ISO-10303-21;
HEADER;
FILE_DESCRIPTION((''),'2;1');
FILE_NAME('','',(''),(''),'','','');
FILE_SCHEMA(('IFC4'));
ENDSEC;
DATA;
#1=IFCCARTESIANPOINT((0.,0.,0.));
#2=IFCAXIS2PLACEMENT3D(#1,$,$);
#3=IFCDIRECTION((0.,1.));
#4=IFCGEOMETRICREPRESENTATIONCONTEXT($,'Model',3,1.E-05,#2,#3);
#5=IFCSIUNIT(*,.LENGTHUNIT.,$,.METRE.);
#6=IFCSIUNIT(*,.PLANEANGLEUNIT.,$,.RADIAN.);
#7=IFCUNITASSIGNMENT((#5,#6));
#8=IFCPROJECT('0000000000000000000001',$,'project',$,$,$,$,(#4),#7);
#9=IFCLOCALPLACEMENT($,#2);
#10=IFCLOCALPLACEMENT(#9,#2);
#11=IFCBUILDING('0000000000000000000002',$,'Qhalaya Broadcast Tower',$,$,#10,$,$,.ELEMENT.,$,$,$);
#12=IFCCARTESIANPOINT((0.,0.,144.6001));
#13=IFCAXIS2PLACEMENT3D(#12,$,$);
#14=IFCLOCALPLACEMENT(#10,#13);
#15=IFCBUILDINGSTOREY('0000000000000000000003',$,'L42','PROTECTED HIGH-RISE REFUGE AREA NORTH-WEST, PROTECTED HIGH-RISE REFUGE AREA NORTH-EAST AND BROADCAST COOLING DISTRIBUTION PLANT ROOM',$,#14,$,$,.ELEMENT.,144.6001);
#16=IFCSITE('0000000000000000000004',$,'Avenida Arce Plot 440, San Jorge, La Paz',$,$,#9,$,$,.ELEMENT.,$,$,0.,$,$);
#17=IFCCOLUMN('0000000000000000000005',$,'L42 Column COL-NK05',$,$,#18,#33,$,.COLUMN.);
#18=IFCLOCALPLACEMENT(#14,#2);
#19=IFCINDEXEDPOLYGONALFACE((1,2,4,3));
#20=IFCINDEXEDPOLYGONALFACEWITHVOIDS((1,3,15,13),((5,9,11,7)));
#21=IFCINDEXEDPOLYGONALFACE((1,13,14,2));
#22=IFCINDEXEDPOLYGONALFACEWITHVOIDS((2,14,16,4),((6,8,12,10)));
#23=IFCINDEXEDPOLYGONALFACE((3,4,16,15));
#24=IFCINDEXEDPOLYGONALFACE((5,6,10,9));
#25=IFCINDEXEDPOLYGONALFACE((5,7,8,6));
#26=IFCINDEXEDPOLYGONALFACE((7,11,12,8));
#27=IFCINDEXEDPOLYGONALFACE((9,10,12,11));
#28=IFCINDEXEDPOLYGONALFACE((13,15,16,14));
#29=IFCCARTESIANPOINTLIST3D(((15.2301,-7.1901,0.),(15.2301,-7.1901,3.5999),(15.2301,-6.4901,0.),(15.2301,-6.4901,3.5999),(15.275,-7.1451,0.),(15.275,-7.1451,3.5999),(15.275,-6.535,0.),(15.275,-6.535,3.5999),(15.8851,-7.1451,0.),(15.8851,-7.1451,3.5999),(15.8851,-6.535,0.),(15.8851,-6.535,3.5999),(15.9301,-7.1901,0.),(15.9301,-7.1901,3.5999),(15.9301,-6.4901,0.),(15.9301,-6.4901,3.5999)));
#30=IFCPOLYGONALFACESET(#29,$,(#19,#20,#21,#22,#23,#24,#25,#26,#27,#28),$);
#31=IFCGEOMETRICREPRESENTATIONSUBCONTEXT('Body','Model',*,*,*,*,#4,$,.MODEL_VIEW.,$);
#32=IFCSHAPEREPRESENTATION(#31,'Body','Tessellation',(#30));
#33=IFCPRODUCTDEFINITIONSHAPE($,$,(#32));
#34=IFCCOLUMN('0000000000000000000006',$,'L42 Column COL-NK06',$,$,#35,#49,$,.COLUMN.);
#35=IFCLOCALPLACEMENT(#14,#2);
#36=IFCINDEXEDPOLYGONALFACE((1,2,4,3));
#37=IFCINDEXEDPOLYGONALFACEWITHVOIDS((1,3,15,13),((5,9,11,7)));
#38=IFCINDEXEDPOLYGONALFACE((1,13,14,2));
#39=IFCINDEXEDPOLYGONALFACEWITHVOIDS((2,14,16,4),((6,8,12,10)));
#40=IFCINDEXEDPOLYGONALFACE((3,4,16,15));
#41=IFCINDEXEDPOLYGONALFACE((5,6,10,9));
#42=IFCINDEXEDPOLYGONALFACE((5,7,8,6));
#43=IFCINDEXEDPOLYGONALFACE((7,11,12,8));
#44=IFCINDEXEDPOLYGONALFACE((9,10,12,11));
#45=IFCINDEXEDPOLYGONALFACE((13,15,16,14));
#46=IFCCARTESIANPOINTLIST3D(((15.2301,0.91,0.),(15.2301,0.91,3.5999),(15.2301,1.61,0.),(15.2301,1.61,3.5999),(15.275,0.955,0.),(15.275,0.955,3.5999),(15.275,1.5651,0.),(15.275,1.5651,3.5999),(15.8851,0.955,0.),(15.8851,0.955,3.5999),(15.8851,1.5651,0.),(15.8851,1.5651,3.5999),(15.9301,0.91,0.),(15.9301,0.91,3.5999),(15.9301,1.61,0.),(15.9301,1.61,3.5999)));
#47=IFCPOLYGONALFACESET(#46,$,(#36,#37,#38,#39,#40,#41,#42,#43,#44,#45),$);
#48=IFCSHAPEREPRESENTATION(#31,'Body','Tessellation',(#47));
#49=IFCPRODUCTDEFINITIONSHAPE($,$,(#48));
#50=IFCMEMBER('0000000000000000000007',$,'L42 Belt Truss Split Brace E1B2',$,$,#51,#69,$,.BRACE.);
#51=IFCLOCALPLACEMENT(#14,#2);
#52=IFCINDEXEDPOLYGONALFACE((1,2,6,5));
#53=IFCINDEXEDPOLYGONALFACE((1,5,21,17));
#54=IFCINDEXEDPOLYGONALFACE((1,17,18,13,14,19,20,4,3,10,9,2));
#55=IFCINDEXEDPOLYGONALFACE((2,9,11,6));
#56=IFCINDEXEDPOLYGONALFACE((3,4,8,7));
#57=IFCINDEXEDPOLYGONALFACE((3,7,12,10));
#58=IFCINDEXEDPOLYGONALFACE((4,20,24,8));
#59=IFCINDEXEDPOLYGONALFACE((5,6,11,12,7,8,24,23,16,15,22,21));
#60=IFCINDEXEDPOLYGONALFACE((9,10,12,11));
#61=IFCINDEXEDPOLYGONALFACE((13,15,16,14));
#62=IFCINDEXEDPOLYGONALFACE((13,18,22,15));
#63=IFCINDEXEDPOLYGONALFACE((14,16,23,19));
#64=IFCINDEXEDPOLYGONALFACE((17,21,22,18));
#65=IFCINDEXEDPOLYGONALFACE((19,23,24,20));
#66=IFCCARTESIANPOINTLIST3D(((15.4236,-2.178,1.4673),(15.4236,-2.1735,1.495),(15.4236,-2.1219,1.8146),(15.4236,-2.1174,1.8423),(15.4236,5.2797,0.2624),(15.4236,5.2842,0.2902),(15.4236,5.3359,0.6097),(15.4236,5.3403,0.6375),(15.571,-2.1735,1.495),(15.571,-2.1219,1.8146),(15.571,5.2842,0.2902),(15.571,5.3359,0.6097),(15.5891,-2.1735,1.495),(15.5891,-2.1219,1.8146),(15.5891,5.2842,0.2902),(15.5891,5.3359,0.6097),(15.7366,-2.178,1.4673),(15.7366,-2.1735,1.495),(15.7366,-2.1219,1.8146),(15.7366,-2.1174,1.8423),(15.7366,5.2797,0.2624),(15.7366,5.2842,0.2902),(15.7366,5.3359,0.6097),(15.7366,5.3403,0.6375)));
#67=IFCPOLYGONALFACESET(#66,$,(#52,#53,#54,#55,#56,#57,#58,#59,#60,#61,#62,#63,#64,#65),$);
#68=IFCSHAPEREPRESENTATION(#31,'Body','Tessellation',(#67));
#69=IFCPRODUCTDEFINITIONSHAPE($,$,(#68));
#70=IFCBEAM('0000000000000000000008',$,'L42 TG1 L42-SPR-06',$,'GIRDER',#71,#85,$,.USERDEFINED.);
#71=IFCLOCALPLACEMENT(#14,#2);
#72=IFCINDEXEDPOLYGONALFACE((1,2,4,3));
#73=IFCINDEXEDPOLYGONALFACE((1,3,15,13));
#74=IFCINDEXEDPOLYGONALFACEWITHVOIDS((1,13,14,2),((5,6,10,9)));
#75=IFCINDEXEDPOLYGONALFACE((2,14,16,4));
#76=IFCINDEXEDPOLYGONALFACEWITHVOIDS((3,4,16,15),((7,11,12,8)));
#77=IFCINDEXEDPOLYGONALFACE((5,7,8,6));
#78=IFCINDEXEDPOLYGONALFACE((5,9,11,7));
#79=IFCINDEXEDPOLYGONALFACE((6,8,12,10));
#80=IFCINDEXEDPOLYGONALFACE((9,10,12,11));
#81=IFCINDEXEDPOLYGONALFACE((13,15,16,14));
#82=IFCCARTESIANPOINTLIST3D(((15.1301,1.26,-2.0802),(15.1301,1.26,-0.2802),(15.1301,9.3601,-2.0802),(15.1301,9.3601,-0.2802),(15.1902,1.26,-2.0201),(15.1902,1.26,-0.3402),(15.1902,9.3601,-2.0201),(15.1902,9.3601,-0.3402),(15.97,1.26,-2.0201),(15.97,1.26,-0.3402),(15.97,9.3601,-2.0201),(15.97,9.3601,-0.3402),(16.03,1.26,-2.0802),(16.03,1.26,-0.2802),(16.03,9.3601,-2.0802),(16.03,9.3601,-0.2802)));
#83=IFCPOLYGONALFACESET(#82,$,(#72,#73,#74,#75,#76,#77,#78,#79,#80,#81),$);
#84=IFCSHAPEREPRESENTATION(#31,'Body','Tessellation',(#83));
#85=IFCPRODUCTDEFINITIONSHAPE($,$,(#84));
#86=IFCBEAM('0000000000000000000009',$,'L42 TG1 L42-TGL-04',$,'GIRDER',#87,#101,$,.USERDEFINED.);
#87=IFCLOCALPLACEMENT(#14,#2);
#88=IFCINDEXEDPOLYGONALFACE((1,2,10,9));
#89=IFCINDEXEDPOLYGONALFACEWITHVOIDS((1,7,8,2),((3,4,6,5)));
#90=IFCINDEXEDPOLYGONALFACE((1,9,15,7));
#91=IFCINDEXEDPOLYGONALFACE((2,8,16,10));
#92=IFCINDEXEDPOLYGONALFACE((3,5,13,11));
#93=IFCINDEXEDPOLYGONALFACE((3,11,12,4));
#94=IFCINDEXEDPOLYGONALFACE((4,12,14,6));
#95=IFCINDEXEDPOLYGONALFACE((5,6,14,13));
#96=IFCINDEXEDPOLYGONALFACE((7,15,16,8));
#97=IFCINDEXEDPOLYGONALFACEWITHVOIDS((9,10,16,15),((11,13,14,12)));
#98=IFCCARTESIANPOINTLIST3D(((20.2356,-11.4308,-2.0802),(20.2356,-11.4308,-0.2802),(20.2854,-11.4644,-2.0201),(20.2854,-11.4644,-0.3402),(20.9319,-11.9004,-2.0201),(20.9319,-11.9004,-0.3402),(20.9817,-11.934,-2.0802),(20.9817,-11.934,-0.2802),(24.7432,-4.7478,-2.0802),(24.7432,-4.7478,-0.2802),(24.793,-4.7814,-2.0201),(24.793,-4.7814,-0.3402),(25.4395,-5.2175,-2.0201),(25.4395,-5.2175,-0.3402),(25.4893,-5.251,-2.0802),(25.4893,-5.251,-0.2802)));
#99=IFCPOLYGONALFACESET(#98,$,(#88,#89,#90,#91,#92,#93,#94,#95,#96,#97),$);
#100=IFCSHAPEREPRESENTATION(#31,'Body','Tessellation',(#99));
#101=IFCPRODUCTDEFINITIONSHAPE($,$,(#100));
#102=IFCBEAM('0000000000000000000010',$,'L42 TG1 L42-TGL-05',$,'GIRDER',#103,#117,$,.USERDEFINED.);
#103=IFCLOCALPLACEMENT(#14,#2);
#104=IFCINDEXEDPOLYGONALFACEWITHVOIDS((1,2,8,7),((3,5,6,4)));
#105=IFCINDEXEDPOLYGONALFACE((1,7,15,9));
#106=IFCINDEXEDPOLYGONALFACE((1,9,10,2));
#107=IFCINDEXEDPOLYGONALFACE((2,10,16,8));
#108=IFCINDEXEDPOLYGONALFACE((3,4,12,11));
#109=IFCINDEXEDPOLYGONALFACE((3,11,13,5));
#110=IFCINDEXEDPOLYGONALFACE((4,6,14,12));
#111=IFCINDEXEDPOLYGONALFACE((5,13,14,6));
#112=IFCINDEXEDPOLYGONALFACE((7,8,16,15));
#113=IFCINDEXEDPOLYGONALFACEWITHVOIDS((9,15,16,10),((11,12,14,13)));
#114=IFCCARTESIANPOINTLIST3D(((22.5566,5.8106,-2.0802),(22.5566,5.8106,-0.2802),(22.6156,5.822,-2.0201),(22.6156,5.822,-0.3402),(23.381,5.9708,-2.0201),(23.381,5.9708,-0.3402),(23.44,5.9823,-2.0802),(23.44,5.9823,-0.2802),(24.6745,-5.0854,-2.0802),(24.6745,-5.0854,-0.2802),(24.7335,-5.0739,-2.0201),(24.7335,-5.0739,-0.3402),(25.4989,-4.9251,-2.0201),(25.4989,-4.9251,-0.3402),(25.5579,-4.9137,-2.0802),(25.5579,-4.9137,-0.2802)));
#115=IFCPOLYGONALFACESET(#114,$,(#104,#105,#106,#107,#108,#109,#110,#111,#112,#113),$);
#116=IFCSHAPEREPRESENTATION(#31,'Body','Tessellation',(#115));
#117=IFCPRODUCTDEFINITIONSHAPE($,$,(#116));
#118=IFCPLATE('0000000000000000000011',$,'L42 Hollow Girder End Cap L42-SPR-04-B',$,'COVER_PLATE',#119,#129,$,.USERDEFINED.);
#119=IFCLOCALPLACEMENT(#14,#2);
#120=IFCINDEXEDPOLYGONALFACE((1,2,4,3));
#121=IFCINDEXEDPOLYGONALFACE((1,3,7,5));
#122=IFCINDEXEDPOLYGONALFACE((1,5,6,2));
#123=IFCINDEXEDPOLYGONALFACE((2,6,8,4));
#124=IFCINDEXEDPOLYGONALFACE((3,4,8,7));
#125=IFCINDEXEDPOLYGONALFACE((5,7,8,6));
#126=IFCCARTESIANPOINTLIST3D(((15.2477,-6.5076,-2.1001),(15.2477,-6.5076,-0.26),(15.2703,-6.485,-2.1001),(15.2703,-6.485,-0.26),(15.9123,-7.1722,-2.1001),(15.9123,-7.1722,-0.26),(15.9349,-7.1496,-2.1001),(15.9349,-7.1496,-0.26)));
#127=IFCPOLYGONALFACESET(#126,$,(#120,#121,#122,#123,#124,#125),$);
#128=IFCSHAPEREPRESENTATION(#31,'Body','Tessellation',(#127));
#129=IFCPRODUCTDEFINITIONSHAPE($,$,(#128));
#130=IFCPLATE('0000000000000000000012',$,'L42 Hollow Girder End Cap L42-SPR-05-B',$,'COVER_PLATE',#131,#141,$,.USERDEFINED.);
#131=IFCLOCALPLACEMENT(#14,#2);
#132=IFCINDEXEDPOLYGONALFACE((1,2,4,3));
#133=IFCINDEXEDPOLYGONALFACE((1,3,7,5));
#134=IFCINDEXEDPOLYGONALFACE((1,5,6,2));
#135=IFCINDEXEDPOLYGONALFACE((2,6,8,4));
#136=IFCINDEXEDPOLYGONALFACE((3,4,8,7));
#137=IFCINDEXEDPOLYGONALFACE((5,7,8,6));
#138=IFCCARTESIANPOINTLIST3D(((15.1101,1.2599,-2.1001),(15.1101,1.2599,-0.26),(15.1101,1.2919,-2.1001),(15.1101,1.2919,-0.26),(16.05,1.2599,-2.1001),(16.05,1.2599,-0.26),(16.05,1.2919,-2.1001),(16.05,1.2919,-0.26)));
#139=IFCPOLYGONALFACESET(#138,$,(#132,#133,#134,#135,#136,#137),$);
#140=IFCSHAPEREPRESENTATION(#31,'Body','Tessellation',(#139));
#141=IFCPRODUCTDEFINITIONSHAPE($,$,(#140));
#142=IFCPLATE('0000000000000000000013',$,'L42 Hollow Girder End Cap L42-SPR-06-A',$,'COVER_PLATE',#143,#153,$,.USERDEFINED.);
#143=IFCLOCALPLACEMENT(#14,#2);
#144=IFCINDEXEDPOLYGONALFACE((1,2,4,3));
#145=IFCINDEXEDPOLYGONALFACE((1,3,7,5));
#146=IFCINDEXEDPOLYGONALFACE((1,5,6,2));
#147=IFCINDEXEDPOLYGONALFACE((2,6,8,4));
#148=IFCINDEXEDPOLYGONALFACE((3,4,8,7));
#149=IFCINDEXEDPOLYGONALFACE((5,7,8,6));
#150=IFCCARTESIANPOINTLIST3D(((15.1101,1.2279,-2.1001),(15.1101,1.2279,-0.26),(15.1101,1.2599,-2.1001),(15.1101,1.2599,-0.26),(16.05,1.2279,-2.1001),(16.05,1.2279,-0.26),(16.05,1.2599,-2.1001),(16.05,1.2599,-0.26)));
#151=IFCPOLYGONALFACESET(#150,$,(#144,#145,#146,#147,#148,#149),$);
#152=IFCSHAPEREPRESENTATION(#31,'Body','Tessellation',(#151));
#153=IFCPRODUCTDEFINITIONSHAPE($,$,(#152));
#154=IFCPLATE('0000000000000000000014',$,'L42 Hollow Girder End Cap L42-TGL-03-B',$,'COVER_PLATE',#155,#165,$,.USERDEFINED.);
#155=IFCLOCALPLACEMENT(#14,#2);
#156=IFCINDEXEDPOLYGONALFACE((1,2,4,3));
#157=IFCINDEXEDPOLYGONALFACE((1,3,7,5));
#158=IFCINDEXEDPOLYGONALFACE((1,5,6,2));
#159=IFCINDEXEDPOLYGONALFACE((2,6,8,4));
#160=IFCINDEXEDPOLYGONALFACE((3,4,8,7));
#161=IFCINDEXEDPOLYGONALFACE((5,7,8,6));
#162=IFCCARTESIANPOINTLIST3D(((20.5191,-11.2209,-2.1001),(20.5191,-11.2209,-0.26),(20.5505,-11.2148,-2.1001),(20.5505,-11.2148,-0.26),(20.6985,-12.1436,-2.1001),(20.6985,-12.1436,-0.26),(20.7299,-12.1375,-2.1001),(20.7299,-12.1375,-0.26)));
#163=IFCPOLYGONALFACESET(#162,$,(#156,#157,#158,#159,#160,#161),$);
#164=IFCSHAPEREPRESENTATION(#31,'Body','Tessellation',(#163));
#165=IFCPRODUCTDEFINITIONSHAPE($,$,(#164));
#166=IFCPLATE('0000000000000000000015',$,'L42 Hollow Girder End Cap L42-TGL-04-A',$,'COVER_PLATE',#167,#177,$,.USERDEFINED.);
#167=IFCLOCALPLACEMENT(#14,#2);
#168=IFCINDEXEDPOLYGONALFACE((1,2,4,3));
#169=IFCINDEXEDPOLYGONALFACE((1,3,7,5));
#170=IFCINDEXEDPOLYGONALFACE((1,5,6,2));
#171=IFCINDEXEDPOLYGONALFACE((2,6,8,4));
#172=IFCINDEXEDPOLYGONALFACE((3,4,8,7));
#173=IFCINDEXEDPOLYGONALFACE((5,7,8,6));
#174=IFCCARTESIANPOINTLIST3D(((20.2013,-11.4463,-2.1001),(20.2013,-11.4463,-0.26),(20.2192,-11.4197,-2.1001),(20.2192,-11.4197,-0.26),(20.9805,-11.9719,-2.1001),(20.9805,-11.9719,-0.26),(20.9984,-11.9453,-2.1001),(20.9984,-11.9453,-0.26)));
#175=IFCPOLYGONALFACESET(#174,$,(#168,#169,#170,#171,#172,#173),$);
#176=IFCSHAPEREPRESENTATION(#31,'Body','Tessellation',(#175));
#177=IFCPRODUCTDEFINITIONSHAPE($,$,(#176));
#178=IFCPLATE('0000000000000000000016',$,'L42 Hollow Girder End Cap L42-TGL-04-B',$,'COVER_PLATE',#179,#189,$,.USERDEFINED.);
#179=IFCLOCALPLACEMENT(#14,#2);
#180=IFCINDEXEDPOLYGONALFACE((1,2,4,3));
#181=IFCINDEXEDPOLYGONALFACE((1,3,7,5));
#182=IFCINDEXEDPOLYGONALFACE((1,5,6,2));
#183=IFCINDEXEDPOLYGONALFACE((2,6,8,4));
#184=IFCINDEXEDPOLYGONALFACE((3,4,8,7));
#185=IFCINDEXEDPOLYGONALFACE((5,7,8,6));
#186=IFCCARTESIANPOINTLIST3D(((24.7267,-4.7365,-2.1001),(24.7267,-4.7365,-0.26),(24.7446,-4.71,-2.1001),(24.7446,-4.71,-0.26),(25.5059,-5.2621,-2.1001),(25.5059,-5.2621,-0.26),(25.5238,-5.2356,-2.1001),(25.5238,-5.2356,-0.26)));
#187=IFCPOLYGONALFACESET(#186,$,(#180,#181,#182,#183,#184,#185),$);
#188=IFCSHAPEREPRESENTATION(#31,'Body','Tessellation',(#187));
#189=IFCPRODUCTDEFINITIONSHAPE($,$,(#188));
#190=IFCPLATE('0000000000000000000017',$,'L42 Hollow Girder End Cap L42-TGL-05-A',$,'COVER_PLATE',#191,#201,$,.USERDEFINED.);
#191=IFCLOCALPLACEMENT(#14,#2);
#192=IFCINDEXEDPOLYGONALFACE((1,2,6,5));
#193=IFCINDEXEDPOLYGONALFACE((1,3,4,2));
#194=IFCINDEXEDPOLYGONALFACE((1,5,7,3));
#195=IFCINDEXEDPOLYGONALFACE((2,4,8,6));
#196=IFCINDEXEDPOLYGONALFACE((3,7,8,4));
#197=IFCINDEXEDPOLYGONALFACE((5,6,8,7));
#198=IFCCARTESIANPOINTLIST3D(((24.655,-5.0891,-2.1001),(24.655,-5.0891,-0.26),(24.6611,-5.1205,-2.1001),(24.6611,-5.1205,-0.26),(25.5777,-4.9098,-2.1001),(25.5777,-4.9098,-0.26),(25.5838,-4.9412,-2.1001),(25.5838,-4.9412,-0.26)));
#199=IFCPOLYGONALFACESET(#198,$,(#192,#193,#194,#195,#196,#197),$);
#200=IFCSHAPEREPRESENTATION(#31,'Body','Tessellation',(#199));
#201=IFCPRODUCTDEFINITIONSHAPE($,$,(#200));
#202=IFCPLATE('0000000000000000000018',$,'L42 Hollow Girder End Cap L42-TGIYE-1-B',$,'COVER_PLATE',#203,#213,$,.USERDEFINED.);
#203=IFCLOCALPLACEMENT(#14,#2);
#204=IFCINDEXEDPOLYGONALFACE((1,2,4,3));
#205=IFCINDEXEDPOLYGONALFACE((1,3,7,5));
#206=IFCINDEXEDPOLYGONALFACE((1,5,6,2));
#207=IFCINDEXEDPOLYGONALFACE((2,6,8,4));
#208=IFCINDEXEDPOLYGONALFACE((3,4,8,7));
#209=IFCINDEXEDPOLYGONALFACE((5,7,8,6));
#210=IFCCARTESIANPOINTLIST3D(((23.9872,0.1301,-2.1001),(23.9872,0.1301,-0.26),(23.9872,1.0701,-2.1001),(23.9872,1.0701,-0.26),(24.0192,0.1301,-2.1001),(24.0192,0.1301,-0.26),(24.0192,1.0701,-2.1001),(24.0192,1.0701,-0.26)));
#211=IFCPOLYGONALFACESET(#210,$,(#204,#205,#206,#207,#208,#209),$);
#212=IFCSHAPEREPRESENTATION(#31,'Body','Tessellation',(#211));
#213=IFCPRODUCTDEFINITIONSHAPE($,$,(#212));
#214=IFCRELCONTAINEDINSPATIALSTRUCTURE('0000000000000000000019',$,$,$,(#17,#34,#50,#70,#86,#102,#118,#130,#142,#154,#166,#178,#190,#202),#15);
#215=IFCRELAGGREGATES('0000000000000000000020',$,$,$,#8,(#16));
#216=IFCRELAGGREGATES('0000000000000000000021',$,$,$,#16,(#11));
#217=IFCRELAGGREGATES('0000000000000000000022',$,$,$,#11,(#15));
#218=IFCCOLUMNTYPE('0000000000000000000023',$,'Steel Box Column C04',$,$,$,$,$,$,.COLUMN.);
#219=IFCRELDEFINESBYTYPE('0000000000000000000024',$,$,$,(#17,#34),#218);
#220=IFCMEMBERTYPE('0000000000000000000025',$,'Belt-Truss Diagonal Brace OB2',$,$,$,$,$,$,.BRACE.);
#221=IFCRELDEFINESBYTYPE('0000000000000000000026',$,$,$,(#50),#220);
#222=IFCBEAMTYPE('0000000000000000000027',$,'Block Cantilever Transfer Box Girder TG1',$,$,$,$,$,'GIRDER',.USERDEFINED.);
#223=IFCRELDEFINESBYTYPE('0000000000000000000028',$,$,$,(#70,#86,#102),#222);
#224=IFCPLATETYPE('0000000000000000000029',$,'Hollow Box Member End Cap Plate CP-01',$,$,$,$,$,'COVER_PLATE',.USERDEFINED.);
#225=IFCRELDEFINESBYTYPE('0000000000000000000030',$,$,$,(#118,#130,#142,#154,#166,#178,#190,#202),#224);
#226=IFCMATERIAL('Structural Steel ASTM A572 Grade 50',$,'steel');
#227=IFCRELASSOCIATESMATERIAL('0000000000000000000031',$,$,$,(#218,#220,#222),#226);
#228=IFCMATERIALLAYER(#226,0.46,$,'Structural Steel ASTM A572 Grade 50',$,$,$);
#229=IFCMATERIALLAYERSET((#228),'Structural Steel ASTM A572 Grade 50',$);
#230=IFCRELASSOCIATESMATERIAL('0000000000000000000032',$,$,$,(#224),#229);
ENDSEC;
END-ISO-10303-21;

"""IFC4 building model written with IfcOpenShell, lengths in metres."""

from ifc_helpers import new_model, si_unit, direction, frame, origin, origin_2d, place, context, subcontext, project, spatial, rectangle, hollow_rectangle, i_section, extrude, material, layer, layer_set, material_profile, profile_set, type_object, element, save


model = new_model("IFC4")

# Units and contexts
model_context = context("Model", 3, precision=1e-05, world=origin(), true_north=direction((0.0, 1.0)))
body_context = subcontext(model_context, "Body", "Model", "MODEL_VIEW")
ifc_project = project(units=[si_unit("LENGTHUNIT", "METRE"), si_unit("PLANEANGLEUNIT", "RADIAN")], contexts=[model_context])

# Site, building, storey
site_placement = place(None, origin())
site = spatial("IfcSite", under=ifc_project, at=site_placement, Name="Avenida Arce Plot 440, San Jorge, La Paz", CompositionType="ELEMENT", RefElevation=0.0)
building_placement = place(site_placement, origin())
building = spatial("IfcBuilding", under=site, at=building_placement, Name="Qhalaya Broadcast Tower", CompositionType="ELEMENT")
storey_placement = place(building_placement, frame((0.0, 0.0, 144.6001)))
storey = spatial("IfcBuildingStorey", under=building, at=storey_placement, Name="L42", Description="PROTECTED HIGH-RISE REFUGE AREA NORTH-WEST, PROTECTED HIGH-RISE REFUGE AREA NORTH-EAST AND BROADCAST COOLING DISTRIBUTION PLANT ROOM", CompositionType="ELEMENT", Elevation=144.6001)

# Columns
ifc_material_1 = material(Name="Structural Steel ASTM A572 Grade 50", Category="steel")
ifc_material_profile_1 = material_profile(ifc_material_1, hollow_rectangle(XDim=0.7, YDim=0.7, WallThickness=0.0449, at=origin_2d()), Name="BOX 700x700x45")
ifc_profile_set_1 = profile_set([ifc_material_profile_1], Name="Structural Steel ASTM A572 Grade 50")
column_type = type_object("IfcColumnType", Name="Steel Box Column C04", PredefinedType="COLUMN", material=ifc_profile_set_1)
for number, where, z_axis, x_axis, name in (
    (1, (15.5801, -6.8401, 0.0), (0.0, 0.0, 1.0), (0.0, 1.0, 0.0), "L42 Column COL-NK05"),
    (2, (15.5801, 1.26, 0.0), (0.0, 0.0, 1.0), (0.0, 1.0, 0.0), "L42 Column COL-NK06"),
):
    element("IfcColumn", number, at=place(storey_placement, frame(where, z_axis=z_axis, x_axis=x_axis)), inside=storey, type_object=column_type, Name=name, PredefinedType="COLUMN", context=body_context, shape_type="SweptSolid", body=[
        extrude(hollow_rectangle(XDim=0.7, YDim=0.7, WallThickness=0.0449, at=origin_2d()), origin(), (0.0, 0.0, 1.0), 3.5999),
    ])

# Member
ifc_material_profile_2 = material_profile(ifc_material_1, i_section(OverallWidth=0.313, OverallDepth=0.3799, WebThickness=0.0181, FlangeThickness=0.0281, at=origin_2d()), Name="W12X120")
ifc_profile_set_2 = profile_set([ifc_material_profile_2], Name="Structural Steel ASTM A572 Grade 50")
member_type = type_object("IfcMemberType", Name="Belt-Truss Diagonal Brace OB2", PredefinedType="BRACE", material=ifc_profile_set_2)
member_placement = place(storey_placement, frame((15.5801, -2.1477, 1.6548), z_axis=(0.0, 0.9872, -0.159486), x_axis=(-1.0, 0.0, 0.0)))
element("IfcMember", 3, at=member_placement, inside=storey, type_object=member_type, Name="L42 Belt Truss Split Brace E1B2", PredefinedType="BRACE", context=body_context, shape_type="SweptSolid", body=[
    extrude(i_section(OverallWidth=0.313, OverallDepth=0.3799, WebThickness=0.0181, FlangeThickness=0.0281, at=origin_2d()), origin(), (0.0, 0.0, 1.0), 7.5544),
])

# Beams
ifc_material_profile_3 = material_profile(ifc_material_1, hollow_rectangle(XDim=0.8999, YDim=1.8, WallThickness=0.0601, at=origin_2d()), Name="BOX 900x1800x60")
ifc_profile_set_3 = profile_set([ifc_material_profile_3], Name="Structural Steel ASTM A572 Grade 50")
beam_type = type_object("IfcBeamType", Name="Block Cantilever Transfer Box Girder TG1", ElementType="GIRDER", PredefinedType="USERDEFINED", material=ifc_profile_set_3)
beam_1_placement = place(storey_placement, frame((15.5801, 1.26, -1.1802), z_axis=(0.0, 1.0, 0.0), x_axis=(-1.0, 0.0, 0.0)))
element("IfcBeam", 4, at=beam_1_placement, inside=storey, type_object=beam_type, Name="L42 TG1 L42-SPR-06", ObjectType="GIRDER", PredefinedType="USERDEFINED", context=body_context, shape_type="SweptSolid", body=[
    extrude(hollow_rectangle(XDim=0.8999, YDim=1.8, WallThickness=0.0601, at=origin_2d()), origin(), (0.0, 0.0, 1.0), 8.1001),
])
beam_2_placement = place(storey_placement, frame((20.6086, -11.6824, -1.1802), z_axis=(0.559186, 0.829042, 0.0), x_axis=(-0.829042, 0.559186, 0.0)))
element("IfcBeam", 5, at=beam_2_placement, inside=storey, type_object=beam_type, Name="L42 TG1 L42-TGL-04", ObjectType="GIRDER", PredefinedType="USERDEFINED", context=body_context, shape_type="SweptSolid", body=[
    extrude(hollow_rectangle(XDim=0.8999, YDim=1.8, WallThickness=0.0601, at=origin_2d()), origin(), (0.0, 0.0, 1.0), 8.061),
])
beam_3_placement = place(storey_placement, frame((25.1162, -4.9995, -1.1802), z_axis=(-0.190805, 0.981628, 0.0), x_axis=(-0.981628, -0.190805, 0.0)))
element("IfcBeam", 6, at=beam_3_placement, inside=storey, type_object=beam_type, Name="L42 TG1 L42-TGL-05", ObjectType="GIRDER", PredefinedType="USERDEFINED", context=body_context, shape_type="SweptSolid", body=[
    extrude(hollow_rectangle(XDim=0.8999, YDim=1.8, WallThickness=0.0601, at=origin_2d()), origin(), (0.0, 0.0, 1.0), 11.0999),
])

# Plates
ifc_layer_1 = layer(ifc_material_1, 0.46, Name="Structural Steel ASTM A572 Grade 50")
ifc_layer_set_1 = layer_set([ifc_layer_1], Name="Structural Steel ASTM A572 Grade 50")
plate_type_1 = type_object("IfcPlateType", Name="Hollow Box Member End Cap Plate CP-01", ElementType="COVER_PLATE", PredefinedType="USERDEFINED", material=ifc_layer_set_1)
for number, where, z_axis, x_axis, name in (
    (7, (15.5913, -6.8286, -2.1001), (0.0, 0.0, 1.0), (-0.707107, 0.707107, 0.0), "L42 Hollow Girder End Cap L42-SPR-04-B"),
    (8, (15.5801, 1.2759, -2.1001), (0.0, 0.0, 1.0), (-1.0, 0.0, 0.0), "L42 Hollow Girder End Cap L42-SPR-05-B"),
    (9, (15.5801, 1.2439, -2.1001), (0.0, 0.0, 1.0), (-1.0, 0.0, 0.0), "L42 Hollow Girder End Cap L42-SPR-06-A"),
    (10, (20.6245, -11.6792, -2.1001), (0.0, 0.0, 1.0), (-0.190809, 0.981627, 0.0), "L42 Hollow Girder End Cap L42-TGL-03-B"),
    (11, (20.5999, -11.6958, -2.1001), (0.0, 0.0, 1.0), (-0.829038, 0.559193, 0.0), "L42 Hollow Girder End Cap L42-TGL-04-A"),
    (12, (25.1252, -4.9861, -2.1001), (0.0, 0.0, 1.0), (-0.829038, 0.559193, 0.0), "L42 Hollow Girder End Cap L42-TGL-04-B"),
    (13, (25.1194, -5.0151, -2.1001), (0.0, 0.0, 1.0), (-0.981627, -0.190809, 0.0), "L42 Hollow Girder End Cap L42-TGL-05-A"),
    (14, (24.0032, 0.6001, -2.1001), (0.0, 0.0, 1.0), (0.0, 1.0, 0.0), "L42 Hollow Girder End Cap L42-TGIYE-1-B"),
):
    element("IfcPlate", number, at=place(storey_placement, frame(where, z_axis=z_axis, x_axis=x_axis)), inside=storey, type_object=plate_type_1, Name=name, ObjectType="COVER_PLATE", PredefinedType="USERDEFINED", context=body_context, shape_type="SweptSolid", body=[
        extrude(rectangle(XDim=0.9399, YDim=0.032, at=origin_2d()), origin(), (0.0, 0.0, 1.0), 1.8401),
    ])

save(model, "model.ifc")
